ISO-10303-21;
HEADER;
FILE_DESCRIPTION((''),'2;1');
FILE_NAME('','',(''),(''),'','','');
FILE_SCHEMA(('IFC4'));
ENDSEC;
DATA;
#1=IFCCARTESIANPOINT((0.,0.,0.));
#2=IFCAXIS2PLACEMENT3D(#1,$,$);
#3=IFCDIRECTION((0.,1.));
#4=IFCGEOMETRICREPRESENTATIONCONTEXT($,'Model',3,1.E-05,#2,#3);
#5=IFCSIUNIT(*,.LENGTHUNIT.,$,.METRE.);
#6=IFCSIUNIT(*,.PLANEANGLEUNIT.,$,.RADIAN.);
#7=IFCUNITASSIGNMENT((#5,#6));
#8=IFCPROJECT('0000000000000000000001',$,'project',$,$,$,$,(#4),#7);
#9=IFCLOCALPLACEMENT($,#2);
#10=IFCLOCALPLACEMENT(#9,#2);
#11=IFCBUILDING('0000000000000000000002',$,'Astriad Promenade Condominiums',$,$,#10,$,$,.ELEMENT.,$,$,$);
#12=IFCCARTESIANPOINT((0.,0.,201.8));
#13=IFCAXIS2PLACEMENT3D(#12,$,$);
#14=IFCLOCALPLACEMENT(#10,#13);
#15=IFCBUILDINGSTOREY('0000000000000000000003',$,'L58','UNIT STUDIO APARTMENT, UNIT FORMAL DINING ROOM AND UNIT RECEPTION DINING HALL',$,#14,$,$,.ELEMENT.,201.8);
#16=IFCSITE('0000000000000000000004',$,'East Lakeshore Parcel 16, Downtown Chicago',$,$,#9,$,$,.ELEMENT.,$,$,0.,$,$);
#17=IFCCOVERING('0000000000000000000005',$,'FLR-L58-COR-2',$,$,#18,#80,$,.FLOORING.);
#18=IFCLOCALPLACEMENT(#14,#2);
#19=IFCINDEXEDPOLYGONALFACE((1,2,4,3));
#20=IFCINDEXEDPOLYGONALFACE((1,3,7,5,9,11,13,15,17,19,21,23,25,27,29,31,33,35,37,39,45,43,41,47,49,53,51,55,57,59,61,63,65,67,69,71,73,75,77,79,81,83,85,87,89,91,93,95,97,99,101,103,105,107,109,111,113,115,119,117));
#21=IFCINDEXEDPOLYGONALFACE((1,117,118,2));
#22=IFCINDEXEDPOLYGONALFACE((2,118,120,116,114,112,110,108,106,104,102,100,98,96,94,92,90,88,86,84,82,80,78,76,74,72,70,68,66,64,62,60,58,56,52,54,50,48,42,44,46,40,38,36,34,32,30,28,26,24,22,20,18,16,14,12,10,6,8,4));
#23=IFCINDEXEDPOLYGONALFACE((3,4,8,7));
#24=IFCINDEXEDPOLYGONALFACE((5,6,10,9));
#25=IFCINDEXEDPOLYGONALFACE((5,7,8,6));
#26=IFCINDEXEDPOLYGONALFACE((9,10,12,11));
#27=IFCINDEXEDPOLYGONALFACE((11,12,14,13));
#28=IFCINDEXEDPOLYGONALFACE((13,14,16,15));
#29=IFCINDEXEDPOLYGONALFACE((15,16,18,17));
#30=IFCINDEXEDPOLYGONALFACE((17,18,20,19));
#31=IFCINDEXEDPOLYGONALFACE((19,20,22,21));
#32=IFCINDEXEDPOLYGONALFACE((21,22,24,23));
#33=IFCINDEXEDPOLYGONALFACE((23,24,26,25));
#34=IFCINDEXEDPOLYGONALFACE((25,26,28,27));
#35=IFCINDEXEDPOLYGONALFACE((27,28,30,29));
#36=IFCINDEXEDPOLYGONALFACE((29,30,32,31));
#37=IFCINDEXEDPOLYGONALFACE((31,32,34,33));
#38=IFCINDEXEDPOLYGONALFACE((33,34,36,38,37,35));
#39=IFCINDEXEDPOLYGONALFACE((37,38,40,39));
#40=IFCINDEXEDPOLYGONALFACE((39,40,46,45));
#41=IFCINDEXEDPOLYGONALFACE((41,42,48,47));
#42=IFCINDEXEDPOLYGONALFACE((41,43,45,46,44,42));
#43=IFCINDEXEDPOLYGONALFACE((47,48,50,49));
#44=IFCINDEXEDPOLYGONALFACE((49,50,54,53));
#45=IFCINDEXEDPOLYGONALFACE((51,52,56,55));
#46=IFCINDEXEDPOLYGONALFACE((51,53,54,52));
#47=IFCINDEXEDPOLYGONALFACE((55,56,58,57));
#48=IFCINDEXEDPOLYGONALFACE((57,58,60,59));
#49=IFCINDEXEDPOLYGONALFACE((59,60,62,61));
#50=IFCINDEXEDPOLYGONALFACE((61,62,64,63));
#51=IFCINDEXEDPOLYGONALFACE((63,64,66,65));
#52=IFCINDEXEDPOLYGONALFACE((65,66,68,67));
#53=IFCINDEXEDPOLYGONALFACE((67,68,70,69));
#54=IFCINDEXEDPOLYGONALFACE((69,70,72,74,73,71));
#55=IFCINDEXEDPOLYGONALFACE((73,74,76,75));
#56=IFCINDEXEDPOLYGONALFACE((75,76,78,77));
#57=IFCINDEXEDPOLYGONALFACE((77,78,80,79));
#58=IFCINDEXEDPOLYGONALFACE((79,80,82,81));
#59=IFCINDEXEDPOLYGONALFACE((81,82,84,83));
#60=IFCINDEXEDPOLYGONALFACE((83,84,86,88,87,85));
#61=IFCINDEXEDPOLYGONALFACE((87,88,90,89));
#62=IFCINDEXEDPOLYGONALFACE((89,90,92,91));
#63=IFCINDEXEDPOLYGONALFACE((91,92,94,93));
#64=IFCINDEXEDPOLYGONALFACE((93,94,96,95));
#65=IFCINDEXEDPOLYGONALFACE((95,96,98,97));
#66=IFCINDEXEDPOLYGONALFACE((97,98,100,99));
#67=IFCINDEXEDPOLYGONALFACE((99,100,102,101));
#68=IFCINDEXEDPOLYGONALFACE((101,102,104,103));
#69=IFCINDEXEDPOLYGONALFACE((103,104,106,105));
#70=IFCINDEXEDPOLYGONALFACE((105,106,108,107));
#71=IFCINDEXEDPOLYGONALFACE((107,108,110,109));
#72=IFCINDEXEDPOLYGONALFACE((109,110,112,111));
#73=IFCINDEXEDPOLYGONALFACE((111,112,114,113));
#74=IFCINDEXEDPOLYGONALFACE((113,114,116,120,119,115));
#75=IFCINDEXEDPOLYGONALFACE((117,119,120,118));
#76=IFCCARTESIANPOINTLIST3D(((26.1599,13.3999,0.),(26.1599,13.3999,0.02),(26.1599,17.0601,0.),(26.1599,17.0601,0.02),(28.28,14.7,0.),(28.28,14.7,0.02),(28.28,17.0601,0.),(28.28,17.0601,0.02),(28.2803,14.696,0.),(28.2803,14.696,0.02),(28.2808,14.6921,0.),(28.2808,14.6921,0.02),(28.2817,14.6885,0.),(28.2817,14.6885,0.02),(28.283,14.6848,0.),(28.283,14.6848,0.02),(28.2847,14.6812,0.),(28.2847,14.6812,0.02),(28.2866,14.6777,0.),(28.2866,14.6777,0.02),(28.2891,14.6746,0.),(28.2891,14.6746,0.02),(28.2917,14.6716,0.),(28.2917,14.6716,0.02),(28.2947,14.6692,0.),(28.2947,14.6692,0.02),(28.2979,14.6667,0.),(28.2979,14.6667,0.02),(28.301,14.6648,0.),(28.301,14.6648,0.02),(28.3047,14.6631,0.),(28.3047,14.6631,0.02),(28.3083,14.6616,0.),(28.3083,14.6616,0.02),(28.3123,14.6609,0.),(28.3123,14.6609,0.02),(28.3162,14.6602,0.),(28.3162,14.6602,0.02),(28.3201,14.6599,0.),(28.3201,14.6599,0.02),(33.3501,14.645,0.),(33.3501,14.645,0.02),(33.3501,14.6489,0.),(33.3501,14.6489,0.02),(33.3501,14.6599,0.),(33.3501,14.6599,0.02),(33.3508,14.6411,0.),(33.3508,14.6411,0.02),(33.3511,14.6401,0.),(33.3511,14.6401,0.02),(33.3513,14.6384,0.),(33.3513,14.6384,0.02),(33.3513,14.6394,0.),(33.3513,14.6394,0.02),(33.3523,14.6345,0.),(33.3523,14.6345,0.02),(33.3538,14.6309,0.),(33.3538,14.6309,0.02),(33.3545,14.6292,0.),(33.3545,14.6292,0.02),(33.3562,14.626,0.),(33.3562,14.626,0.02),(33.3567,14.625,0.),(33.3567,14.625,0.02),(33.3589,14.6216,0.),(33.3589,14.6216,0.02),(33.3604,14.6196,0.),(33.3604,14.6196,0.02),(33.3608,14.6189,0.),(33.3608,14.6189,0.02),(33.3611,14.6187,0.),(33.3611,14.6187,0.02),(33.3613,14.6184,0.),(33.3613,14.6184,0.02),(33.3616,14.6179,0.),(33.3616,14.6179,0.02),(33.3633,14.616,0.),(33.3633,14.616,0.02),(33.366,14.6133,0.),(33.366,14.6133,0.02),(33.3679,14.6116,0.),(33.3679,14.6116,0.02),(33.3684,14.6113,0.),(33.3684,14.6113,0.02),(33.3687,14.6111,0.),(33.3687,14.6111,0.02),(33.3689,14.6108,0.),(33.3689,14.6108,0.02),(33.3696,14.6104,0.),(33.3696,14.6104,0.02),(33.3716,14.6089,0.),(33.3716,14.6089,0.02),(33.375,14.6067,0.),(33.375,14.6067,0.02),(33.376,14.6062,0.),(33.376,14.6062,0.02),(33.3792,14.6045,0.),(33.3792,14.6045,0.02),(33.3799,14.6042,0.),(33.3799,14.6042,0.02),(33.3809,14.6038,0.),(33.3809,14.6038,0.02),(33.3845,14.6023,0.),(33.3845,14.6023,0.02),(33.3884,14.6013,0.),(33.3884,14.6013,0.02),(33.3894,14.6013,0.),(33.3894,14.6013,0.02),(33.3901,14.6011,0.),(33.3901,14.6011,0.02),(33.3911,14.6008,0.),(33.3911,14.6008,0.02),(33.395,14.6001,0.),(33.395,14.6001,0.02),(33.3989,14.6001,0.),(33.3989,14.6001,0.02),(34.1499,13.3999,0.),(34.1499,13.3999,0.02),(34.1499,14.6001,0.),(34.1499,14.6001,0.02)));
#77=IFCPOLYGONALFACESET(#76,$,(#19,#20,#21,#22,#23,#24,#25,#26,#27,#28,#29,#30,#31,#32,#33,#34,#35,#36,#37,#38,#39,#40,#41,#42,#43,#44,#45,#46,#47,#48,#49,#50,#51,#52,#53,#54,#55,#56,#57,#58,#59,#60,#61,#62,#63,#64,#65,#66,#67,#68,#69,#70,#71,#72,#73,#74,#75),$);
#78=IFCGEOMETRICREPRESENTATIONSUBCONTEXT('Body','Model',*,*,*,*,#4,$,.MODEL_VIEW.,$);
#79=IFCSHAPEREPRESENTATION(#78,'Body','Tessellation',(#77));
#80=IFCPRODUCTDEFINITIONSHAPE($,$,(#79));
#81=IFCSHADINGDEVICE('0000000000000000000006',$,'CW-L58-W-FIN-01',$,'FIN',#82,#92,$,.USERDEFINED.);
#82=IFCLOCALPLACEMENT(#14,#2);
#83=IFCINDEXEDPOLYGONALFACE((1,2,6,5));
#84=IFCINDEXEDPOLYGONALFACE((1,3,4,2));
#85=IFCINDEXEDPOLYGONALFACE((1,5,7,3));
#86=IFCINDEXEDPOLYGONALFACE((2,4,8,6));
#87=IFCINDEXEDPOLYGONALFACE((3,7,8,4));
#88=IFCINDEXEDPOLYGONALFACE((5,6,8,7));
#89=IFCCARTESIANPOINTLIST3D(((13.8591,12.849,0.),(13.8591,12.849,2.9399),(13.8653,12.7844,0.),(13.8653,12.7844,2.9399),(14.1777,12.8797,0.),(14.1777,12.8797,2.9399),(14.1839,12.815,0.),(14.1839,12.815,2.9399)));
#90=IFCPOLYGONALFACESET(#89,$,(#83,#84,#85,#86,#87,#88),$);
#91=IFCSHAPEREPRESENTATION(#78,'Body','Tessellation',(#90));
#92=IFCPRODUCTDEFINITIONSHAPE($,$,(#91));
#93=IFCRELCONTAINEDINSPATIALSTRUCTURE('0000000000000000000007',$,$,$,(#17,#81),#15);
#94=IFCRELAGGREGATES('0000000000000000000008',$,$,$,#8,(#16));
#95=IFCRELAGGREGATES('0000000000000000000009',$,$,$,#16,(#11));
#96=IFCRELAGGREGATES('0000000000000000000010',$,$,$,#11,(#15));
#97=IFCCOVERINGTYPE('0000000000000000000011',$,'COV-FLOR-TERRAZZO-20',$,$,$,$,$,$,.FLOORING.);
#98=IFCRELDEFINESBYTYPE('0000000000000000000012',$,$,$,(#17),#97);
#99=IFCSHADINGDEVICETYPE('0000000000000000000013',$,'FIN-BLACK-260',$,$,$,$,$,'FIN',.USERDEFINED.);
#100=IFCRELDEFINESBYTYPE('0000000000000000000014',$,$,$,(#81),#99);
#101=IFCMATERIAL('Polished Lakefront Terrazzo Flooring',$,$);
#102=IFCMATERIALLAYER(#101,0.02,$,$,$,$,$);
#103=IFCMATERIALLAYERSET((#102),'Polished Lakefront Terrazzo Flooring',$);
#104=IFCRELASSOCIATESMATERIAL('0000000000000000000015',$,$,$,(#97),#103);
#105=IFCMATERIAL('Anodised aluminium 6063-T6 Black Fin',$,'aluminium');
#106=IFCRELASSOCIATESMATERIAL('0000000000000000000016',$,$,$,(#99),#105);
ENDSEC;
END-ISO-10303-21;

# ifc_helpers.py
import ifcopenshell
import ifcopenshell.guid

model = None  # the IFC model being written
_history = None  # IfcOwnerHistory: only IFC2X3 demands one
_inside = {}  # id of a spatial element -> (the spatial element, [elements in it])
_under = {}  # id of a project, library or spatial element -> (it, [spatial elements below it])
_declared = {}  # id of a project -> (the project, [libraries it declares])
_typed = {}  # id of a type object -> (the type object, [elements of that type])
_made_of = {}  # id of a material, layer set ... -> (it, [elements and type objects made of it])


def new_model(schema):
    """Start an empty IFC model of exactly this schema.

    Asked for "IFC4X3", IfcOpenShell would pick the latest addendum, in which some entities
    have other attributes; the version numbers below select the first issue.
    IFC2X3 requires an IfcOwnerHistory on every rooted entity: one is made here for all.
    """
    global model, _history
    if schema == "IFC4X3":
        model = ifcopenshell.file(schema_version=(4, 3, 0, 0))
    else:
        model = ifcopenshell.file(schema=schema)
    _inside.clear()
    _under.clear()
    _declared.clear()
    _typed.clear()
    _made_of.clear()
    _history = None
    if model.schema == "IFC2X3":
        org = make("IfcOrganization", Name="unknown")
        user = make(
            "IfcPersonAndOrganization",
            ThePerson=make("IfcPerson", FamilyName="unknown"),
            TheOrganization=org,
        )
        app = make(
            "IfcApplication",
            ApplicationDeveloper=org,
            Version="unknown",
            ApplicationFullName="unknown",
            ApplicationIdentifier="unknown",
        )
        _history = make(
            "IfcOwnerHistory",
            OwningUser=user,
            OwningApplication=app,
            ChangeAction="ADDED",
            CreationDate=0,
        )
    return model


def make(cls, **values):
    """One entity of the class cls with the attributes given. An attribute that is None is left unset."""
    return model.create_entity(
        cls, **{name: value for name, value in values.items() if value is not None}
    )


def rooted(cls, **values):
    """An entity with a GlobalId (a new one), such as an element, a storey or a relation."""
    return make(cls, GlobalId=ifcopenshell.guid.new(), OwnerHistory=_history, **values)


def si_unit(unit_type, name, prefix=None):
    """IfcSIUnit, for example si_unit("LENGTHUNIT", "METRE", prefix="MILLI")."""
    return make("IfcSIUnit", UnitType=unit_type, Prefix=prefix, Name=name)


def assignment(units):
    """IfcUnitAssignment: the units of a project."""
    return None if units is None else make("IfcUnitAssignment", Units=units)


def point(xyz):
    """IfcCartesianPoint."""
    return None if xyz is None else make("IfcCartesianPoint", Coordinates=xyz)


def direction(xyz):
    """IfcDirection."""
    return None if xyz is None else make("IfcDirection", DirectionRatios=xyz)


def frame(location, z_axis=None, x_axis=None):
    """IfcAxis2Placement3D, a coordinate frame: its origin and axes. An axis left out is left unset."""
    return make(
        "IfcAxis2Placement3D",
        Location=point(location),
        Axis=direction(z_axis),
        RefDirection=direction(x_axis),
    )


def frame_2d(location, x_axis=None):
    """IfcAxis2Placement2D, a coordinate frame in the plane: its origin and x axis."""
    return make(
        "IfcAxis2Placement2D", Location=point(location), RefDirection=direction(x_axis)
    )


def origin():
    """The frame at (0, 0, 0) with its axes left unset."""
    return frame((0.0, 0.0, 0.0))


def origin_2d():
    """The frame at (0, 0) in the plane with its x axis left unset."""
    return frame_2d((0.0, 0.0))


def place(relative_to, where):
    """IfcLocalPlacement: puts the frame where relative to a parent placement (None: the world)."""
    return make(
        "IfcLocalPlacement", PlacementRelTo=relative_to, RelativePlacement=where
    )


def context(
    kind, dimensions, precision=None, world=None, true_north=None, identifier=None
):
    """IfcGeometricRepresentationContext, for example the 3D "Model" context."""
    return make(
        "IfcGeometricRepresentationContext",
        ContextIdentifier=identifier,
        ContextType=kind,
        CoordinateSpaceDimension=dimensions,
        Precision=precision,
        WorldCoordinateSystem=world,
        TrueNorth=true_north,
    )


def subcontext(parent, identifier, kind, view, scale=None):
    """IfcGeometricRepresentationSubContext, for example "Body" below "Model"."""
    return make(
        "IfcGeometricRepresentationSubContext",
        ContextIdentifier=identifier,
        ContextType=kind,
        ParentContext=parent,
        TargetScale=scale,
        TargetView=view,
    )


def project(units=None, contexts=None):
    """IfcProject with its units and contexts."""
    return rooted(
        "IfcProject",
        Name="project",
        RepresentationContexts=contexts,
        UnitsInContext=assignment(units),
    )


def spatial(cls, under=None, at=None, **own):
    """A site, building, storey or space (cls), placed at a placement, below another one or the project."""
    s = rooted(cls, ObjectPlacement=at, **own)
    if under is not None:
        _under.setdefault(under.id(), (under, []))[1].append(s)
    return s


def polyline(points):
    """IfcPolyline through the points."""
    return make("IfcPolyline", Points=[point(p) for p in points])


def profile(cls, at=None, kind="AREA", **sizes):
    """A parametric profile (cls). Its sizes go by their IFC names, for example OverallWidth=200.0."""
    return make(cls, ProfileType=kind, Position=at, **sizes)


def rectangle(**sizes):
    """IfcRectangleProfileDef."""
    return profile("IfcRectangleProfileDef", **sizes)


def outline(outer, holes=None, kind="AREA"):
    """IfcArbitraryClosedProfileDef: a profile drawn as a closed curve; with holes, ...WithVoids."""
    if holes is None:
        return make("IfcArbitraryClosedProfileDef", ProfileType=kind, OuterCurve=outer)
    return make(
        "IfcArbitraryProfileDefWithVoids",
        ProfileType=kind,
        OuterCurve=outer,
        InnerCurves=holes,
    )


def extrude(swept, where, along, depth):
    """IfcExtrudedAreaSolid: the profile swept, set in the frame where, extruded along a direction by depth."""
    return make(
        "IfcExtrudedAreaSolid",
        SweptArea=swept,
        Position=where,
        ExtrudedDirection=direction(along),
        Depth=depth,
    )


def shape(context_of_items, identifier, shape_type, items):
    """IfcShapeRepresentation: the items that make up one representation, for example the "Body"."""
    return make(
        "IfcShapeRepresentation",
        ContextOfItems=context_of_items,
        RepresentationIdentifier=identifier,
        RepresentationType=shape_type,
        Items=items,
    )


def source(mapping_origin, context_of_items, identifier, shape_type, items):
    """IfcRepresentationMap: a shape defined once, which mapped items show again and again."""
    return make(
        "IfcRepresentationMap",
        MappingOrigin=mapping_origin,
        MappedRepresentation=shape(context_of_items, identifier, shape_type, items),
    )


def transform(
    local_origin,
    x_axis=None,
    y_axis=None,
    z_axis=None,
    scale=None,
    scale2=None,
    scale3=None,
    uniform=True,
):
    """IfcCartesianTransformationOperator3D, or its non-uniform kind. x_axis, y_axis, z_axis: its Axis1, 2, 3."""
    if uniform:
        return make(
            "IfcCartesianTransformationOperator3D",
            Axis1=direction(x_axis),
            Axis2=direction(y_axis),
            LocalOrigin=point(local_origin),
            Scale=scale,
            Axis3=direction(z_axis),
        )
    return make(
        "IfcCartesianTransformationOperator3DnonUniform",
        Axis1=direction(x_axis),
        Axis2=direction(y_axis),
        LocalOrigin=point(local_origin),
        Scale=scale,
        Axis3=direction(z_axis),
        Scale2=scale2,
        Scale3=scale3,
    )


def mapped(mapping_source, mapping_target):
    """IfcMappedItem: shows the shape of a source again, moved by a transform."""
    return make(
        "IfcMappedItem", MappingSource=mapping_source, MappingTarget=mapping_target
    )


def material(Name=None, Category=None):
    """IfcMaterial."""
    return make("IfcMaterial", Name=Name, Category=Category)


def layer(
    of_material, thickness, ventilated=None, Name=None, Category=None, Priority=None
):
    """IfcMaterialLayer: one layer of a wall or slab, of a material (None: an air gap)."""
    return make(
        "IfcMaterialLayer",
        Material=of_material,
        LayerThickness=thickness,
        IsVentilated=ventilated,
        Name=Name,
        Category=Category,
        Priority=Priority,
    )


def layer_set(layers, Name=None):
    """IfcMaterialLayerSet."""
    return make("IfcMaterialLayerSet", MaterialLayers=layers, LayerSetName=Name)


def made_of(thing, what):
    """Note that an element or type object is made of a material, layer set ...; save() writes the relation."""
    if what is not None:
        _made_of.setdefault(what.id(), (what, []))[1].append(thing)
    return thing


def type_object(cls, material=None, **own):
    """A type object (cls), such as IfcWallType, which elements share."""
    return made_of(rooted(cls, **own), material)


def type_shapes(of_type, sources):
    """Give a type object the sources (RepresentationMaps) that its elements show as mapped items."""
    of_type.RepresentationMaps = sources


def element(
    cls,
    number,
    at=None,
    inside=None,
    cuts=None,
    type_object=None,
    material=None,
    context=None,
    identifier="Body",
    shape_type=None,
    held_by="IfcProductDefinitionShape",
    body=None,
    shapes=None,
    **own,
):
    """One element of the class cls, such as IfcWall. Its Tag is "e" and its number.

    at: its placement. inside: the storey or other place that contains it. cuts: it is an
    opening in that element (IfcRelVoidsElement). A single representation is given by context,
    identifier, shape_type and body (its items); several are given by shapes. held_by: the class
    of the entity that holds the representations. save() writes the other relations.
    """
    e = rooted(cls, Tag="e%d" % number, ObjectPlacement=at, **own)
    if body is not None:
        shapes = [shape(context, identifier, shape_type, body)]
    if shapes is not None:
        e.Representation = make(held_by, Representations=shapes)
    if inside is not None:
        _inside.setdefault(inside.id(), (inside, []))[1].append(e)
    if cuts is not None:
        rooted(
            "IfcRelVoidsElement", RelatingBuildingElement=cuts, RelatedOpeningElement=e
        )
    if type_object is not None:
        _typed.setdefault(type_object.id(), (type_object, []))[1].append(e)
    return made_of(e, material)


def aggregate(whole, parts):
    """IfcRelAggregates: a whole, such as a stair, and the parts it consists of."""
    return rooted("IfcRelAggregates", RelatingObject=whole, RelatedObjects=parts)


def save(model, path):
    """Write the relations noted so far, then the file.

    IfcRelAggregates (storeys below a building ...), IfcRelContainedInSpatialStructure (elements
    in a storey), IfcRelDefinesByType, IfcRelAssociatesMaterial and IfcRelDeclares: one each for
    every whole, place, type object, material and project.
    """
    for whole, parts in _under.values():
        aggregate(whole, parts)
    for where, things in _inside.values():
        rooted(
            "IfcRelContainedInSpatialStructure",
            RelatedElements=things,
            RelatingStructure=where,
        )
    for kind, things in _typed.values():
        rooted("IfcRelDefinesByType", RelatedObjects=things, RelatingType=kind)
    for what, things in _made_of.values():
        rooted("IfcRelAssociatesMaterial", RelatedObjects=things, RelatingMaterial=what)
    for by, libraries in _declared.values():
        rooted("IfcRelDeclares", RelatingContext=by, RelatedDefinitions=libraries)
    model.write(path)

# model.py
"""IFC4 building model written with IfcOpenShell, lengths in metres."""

from ifc_helpers import new_model, si_unit, direction, frame, origin, origin_2d, place, context, subcontext, project, spatial, polyline, rectangle, outline, extrude, source, transform, mapped, material, layer, layer_set, type_object, type_shapes, element, save


model = new_model("IFC4")

# Units and contexts
model_context = context("Model", 3, precision=1e-05, world=origin(), true_north=direction((0.0, 1.0)))
body_context = subcontext(model_context, "Body", "Model", "MODEL_VIEW")
ifc_project = project(units=[si_unit("LENGTHUNIT", "METRE"), si_unit("PLANEANGLEUNIT", "RADIAN")], contexts=[model_context])

# Site, building, storey
site_placement = place(None, origin())
site = spatial("IfcSite", under=ifc_project, at=site_placement, Name="East Lakeshore Parcel 16, Downtown Chicago", CompositionType="ELEMENT", RefElevation=0.0)
building_placement = place(site_placement, origin())
building = spatial("IfcBuilding", under=site, at=building_placement, Name="Astriad Promenade Condominiums", CompositionType="ELEMENT")
storey_placement = place(building_placement, frame((0.0, 0.0, 201.8)))
storey = spatial("IfcBuildingStorey", under=building, at=storey_placement, Name="L58", Description="UNIT STUDIO APARTMENT, UNIT FORMAL DINING ROOM AND UNIT RECEPTION DINING HALL", CompositionType="ELEMENT", Elevation=201.8)

# Covering
ifc_material_1 = material(Name="Polished Lakefront Terrazzo Flooring")
ifc_layer_1 = layer(ifc_material_1, 0.02)
ifc_layer_set_1 = layer_set([ifc_layer_1], Name="Polished Lakefront Terrazzo Flooring")
covering_type = type_object("IfcCoveringType", Name="COV-FLOR-TERRAZZO-20", PredefinedType="FLOORING", material=ifc_layer_set_1)
covering_1_placement = place(storey_placement, origin())
element("IfcCovering", 1, at=covering_1_placement, inside=storey, type_object=covering_type, Name="FLR-L58-COR-2", PredefinedType="FLOORING", context=body_context, shape_type="SweptSolid", body=[
    extrude(outline(polyline([(26.1599, 13.3999), (26.1599, 17.0601), (28.28, 17.0601), (28.28, 14.7), (28.2803, 14.696), (28.2808, 14.6921), (28.2817, 14.6885), (28.283, 14.6848), (28.2847, 14.6812), (28.2866, 14.6777), (28.2891, 14.6746), (28.2917, 14.6716), (28.2947, 14.6692), (28.2979, 14.6667), (28.301, 14.6648), (28.3047, 14.6631), (28.3083, 14.6616), (28.3123, 14.6609), (28.3162, 14.6602), (28.3201, 14.6599), (33.3501, 14.6599), (33.3501, 14.6489), (33.3501, 14.645), (33.3508, 14.6411), (33.3511, 14.6401), (33.3513, 14.6394), (33.3513, 14.6384), (33.3523, 14.6345), (33.3538, 14.6309), (33.3545, 14.6292), (33.3562, 14.626), (33.3567, 14.625), (33.3589, 14.6216), (33.3604, 14.6196), (33.3608, 14.6189), (33.3611, 14.6187), (33.3613, 14.6184), (33.3616, 14.6179), (33.3633, 14.616), (33.366, 14.6133), (33.3679, 14.6116), (33.3684, 14.6113), (33.3687, 14.6111), (33.3689, 14.6108), (33.3696, 14.6104), (33.3716, 14.6089), (33.375, 14.6067), (33.376, 14.6062), (33.3792, 14.6045), (33.3799, 14.6042), (33.3809, 14.6038), (33.3845, 14.6023), (33.3884, 14.6013), (33.3894, 14.6013), (33.3901, 14.6011), (33.3911, 14.6008), (33.395, 14.6001), (33.3989, 14.6001), (34.1499, 14.6001), (34.1499, 13.3999), (26.1599, 13.3999)])), origin(), (0.0, 0.0, 1.0), 0.02),
])

# Shading device
ifc_material_2 = material(Name="Anodised aluminium 6063-T6 Black Fin", Category="aluminium")
shading_device_type = type_object("IfcShadingDeviceType", Name="FIN-BLACK-260", ElementType="FIN", PredefinedType="USERDEFINED", material=ifc_material_2)
shared_shape_1 = source(origin(), body_context, "Body", "SweptSolid", [
    extrude(rectangle(XDim=0.0649, YDim=0.3201, at=origin_2d()), origin(), (0.0, 0.0, 1.0), 2.9399),
])
type_shapes(shading_device_type, [shared_shape_1])
shading_device_placement = place(storey_placement, frame((14.0215, 12.832, 0.0), z_axis=(0.0, 0.0, 1.0), x_axis=(-0.095846, 0.995396, 0.0)))
element("IfcShadingDevice", 2, at=shading_device_placement, inside=storey, type_object=shading_device_type, Name="CW-L58-W-FIN-01", ObjectType="FIN", PredefinedType="USERDEFINED", context=body_context, shape_type="MappedRepresentation", body=[
    mapped(shared_shape_1, transform((0.0, 0.0, 0.0), scale=1.0)),
])

save(model, "model.ifc")
